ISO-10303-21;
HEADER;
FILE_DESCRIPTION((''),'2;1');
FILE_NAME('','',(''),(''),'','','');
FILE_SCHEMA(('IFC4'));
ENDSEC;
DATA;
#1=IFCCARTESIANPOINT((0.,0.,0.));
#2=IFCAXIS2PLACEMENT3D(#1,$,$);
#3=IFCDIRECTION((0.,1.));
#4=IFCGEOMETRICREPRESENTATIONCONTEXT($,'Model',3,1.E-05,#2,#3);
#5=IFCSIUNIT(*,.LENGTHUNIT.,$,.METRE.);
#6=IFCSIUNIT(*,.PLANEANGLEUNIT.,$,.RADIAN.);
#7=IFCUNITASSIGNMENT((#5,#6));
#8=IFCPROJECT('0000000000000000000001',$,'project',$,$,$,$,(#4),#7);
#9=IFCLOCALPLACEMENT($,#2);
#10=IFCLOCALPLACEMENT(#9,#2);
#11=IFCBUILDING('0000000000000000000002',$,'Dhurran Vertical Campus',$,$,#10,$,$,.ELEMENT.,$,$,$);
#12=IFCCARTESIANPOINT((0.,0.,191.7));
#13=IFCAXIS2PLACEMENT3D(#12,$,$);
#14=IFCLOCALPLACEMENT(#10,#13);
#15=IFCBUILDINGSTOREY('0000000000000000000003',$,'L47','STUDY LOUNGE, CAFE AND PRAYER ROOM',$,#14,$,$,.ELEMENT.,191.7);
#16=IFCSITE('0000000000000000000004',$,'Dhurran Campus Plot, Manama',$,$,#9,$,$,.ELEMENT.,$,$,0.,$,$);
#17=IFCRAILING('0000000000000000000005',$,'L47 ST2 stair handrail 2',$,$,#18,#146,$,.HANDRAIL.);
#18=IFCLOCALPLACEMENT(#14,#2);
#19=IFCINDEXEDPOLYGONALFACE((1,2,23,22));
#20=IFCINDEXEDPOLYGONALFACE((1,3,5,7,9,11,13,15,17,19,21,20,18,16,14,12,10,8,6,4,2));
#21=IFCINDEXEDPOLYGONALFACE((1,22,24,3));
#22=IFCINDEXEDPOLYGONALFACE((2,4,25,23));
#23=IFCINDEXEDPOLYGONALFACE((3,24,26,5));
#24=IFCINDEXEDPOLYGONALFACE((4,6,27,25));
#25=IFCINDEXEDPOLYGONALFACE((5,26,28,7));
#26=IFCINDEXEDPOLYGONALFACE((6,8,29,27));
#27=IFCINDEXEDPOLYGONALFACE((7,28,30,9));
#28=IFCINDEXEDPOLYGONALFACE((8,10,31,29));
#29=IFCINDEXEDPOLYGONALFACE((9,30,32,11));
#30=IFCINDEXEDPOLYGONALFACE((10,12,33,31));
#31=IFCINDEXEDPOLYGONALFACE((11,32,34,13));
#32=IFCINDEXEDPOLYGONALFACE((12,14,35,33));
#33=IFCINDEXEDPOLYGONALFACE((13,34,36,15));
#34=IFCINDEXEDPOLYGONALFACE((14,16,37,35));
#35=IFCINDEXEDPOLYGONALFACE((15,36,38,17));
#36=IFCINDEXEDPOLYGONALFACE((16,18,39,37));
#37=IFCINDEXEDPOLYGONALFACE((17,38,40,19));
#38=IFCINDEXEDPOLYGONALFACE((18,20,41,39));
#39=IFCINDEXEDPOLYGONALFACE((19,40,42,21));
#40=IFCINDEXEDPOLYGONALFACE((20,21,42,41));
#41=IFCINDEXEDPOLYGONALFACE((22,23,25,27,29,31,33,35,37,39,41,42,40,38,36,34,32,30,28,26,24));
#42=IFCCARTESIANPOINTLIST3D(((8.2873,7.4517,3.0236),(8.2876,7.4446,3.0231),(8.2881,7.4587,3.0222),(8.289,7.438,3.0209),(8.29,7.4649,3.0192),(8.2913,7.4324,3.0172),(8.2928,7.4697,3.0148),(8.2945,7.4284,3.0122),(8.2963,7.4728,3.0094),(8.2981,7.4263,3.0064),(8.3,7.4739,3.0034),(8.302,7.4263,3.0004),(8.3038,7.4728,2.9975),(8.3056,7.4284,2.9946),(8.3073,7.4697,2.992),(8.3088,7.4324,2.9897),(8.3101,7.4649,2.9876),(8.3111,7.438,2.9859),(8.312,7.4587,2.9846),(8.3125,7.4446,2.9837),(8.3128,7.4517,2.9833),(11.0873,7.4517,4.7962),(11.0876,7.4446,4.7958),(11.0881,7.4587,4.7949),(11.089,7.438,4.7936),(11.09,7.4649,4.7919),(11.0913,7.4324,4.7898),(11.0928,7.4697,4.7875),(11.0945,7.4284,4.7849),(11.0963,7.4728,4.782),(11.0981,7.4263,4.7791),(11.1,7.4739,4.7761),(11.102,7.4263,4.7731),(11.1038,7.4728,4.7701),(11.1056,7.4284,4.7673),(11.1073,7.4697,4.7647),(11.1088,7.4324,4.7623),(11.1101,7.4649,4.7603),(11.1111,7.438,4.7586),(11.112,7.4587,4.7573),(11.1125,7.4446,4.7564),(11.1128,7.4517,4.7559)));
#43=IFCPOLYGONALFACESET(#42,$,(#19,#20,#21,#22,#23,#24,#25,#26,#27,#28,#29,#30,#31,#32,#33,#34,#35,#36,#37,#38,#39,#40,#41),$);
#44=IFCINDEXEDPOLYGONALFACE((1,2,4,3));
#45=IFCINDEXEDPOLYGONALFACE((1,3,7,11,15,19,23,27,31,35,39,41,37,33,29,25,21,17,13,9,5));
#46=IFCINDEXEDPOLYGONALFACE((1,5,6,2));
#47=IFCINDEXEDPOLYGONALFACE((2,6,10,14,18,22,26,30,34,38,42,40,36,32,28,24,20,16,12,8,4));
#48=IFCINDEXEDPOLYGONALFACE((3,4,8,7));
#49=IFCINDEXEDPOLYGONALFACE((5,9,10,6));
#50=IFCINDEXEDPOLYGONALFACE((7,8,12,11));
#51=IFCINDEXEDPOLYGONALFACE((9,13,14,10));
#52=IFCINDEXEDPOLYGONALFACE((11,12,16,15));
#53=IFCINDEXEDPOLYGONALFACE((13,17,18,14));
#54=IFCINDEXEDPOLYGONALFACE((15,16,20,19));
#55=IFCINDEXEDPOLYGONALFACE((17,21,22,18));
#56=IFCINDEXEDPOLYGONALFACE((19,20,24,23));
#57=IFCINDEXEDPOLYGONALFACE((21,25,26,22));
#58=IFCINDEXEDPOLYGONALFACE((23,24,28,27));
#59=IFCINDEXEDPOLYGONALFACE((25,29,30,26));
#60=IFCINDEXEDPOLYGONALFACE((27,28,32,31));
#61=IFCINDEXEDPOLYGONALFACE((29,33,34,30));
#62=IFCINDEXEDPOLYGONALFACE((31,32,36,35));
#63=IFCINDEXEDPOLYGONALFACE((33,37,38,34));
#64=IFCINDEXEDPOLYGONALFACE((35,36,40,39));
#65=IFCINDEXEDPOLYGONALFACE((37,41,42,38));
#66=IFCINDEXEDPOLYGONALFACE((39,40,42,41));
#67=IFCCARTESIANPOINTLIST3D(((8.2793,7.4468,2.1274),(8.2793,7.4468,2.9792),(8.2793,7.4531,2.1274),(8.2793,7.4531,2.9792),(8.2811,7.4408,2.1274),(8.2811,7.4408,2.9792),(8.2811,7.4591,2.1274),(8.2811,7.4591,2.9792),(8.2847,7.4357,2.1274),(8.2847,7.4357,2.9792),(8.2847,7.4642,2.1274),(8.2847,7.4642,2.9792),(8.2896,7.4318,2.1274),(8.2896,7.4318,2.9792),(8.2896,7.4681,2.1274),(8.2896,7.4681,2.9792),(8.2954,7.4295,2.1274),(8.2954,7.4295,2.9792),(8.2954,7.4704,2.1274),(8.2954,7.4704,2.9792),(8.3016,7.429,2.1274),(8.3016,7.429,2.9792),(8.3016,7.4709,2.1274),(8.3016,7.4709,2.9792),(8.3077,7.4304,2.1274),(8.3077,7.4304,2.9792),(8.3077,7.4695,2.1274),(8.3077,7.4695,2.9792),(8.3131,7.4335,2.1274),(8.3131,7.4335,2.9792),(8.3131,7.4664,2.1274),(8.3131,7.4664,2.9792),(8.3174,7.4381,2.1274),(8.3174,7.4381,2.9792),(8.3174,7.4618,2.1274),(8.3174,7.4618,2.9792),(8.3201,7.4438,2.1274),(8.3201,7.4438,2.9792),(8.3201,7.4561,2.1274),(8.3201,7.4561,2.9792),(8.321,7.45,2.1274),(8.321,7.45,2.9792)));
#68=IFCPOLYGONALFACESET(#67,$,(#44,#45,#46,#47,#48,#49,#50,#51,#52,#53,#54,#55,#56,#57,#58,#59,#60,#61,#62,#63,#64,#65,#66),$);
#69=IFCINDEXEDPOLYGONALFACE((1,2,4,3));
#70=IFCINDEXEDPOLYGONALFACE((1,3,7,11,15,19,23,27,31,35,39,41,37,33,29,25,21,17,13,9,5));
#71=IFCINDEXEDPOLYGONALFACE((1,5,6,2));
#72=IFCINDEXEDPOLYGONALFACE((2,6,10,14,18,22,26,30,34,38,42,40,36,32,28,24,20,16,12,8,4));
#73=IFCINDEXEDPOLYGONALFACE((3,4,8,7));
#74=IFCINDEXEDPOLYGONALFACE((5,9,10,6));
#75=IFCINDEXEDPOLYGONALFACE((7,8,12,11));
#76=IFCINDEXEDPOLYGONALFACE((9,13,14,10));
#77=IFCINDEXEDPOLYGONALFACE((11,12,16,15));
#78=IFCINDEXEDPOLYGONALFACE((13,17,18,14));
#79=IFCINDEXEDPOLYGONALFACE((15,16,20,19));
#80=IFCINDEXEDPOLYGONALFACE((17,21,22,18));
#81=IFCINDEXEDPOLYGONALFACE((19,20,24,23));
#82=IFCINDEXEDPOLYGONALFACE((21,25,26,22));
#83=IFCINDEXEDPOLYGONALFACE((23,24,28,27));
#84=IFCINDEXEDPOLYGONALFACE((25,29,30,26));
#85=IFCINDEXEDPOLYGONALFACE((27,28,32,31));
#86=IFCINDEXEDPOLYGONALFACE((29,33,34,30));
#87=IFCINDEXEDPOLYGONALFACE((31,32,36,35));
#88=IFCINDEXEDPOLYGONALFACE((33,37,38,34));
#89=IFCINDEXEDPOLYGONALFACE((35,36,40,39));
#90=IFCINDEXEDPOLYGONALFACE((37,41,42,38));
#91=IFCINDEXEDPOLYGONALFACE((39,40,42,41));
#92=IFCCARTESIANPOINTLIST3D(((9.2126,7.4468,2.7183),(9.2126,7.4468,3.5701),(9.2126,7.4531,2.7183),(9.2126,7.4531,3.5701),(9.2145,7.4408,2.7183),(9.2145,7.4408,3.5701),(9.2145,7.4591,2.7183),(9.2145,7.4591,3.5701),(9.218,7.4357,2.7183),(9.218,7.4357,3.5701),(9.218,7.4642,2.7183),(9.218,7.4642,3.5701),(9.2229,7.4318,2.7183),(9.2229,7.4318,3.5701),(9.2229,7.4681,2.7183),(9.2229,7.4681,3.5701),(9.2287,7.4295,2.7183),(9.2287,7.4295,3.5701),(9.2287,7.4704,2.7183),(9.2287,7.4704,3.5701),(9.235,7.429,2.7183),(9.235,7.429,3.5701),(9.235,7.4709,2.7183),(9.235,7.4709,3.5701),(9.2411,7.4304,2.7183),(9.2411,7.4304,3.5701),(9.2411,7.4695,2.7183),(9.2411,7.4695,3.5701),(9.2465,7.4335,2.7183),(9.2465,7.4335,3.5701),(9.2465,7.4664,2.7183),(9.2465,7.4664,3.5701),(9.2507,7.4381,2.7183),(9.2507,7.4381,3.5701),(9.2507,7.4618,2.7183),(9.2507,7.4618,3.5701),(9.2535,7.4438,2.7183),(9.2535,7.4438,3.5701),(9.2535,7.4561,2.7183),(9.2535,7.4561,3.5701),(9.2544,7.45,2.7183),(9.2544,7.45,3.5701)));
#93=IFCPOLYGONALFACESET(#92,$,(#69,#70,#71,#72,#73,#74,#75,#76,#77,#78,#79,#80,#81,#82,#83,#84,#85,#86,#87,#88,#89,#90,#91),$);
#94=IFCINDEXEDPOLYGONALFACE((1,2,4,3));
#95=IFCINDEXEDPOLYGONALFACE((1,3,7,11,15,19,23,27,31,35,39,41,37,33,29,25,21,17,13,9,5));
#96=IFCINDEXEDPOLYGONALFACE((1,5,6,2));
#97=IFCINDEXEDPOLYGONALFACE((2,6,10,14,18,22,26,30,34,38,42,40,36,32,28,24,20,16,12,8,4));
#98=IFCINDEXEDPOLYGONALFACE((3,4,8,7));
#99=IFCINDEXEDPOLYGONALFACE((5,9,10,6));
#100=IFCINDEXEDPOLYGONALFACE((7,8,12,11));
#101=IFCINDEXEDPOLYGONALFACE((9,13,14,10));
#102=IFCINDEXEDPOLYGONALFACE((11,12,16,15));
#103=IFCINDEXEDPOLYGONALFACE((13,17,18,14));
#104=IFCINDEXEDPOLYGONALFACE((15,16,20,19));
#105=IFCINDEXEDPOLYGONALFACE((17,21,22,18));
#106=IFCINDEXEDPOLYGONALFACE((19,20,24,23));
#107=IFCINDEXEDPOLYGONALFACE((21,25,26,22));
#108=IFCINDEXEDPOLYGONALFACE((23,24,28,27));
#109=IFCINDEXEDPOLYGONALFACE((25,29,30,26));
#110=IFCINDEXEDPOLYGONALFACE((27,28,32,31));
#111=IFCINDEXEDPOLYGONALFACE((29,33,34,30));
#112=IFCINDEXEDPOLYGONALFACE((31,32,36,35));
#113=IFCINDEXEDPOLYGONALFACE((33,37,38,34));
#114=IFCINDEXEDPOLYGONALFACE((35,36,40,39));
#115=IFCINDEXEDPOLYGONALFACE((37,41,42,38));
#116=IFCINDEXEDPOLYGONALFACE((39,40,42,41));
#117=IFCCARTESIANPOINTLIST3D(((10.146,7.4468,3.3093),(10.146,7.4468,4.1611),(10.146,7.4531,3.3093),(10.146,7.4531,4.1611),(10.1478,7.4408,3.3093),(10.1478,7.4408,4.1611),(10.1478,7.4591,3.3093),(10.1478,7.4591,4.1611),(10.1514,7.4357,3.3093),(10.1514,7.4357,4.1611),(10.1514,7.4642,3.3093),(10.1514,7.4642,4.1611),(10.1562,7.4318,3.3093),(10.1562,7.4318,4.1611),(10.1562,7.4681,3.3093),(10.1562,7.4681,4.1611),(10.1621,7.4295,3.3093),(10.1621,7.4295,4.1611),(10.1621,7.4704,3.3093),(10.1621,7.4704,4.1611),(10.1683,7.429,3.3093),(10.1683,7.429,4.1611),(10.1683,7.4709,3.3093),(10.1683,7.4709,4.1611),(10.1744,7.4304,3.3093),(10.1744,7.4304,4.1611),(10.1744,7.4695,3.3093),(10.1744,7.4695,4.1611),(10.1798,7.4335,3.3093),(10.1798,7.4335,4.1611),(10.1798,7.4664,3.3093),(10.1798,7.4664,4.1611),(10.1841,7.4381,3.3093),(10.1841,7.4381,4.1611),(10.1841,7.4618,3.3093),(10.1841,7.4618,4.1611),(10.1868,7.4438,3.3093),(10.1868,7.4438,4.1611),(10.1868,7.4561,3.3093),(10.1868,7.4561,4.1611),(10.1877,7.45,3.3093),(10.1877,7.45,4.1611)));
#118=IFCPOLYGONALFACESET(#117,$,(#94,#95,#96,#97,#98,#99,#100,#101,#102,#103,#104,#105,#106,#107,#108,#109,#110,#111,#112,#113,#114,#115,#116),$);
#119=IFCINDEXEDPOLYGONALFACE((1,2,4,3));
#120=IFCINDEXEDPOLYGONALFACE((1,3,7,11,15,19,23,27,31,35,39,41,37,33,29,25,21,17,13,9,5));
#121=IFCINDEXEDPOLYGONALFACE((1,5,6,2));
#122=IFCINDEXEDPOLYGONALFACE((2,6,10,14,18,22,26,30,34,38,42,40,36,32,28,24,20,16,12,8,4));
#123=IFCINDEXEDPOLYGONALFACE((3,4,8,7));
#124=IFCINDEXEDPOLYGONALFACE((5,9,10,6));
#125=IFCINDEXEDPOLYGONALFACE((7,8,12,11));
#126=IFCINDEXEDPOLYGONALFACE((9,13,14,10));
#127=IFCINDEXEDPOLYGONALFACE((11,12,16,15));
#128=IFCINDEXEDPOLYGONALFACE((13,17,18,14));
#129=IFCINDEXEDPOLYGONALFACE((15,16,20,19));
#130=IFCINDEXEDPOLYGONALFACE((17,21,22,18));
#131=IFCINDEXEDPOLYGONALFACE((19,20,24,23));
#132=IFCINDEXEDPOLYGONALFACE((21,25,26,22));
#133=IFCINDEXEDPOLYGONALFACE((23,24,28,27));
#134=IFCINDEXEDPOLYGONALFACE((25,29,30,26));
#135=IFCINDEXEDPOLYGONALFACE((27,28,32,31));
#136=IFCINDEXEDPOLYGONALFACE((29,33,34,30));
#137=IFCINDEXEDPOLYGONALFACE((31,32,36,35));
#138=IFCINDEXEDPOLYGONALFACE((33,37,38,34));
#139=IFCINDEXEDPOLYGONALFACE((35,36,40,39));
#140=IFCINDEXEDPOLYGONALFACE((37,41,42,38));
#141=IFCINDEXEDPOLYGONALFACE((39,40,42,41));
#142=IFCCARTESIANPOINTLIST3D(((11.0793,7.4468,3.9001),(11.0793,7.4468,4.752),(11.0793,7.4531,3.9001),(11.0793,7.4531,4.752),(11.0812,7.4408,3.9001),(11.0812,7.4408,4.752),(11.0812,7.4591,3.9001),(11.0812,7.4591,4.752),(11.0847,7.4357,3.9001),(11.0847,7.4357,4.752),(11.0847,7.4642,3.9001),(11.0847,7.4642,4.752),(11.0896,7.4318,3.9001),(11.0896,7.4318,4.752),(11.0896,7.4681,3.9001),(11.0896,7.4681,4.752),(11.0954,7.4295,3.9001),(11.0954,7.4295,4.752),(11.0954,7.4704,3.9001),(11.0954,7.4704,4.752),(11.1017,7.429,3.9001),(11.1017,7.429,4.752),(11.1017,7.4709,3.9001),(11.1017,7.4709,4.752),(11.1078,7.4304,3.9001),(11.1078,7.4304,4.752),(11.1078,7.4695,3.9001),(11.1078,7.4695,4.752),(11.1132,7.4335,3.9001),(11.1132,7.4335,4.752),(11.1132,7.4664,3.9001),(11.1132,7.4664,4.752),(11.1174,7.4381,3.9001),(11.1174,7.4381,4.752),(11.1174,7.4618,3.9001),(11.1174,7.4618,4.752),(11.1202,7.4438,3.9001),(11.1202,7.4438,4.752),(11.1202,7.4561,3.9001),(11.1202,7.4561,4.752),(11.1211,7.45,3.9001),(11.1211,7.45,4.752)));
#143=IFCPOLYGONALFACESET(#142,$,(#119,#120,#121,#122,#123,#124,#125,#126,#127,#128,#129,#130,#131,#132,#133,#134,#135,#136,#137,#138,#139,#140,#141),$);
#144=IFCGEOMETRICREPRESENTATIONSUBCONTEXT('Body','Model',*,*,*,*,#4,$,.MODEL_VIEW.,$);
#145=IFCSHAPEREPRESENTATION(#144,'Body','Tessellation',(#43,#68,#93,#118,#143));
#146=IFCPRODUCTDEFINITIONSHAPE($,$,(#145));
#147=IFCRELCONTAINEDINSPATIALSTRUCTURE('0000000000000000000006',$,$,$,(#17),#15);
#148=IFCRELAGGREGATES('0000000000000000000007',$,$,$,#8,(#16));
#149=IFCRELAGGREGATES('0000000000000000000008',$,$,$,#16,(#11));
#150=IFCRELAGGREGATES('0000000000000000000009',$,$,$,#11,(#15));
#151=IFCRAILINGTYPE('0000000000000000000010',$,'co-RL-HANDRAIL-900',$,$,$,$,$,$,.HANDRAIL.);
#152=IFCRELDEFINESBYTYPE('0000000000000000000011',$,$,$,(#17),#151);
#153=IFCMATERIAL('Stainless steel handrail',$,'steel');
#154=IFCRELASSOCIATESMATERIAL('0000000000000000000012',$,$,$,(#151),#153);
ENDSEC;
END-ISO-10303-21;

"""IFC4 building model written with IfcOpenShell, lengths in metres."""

from ifc_helpers import new_model, si_unit, direction, frame, origin, origin_2d, place, context, subcontext, project, spatial, circle, extrude, material, type_object, element, save


model = new_model("IFC4")

# Units and contexts
model_context = context("Model", 3, precision=1e-05, world=origin(), true_north=direction((0.0, 1.0)))
body_context = subcontext(model_context, "Body", "Model", "MODEL_VIEW")
ifc_project = project(units=[si_unit("LENGTHUNIT", "METRE"), si_unit("PLANEANGLEUNIT", "RADIAN")], contexts=[model_context])

# Site, building, storey
site_placement = place(None, origin())
site = spatial("IfcSite", under=ifc_project, at=site_placement, Name="Dhurran Campus Plot, Manama", CompositionType="ELEMENT", RefElevation=0.0)
building_placement = place(site_placement, origin())
building = spatial("IfcBuilding", under=site, at=building_placement, Name="Dhurran Vertical Campus", CompositionType="ELEMENT")
storey_placement = place(building_placement, frame((0.0, 0.0, 191.7)))
storey = spatial("IfcBuildingStorey", under=building, at=storey_placement, Name="L47", Description="STUDY LOUNGE, CAFE AND PRAYER ROOM", CompositionType="ELEMENT", Elevation=191.7)

# Railing
ifc_material_1 = material(Name="Stainless steel handrail", Category="steel")
railing_type_1 = type_object("IfcRailingType", Name="co-RL-HANDRAIL-900", PredefinedType="HANDRAIL", material=ifc_material_1)
railing_1_placement = place(storey_placement, frame((8.3, 7.45, 2.1274)))
element("IfcRailing", 1, at=railing_1_placement, inside=storey, type_object=railing_type_1, Name="L47 ST2 stair handrail 2", PredefinedType="HANDRAIL", context=body_context, shape_type="SweptSolid", body=[
    extrude(circle(Radius=0.0239, at=origin_2d()), frame((0.0, 0.0, 0.876), z_axis=(0.844909, 0.0, 0.53491), x_axis=(0.0, 1.0, 0.0)), (0.0, 0.0, 1.0), 3.314),
    extrude(circle(Radius=0.021, at=origin_2d()), origin(), (0.0, 0.0, 1.0), 0.8518),
    extrude(circle(Radius=0.021, at=origin_2d()), frame((0.9333, 0.0, 0.5908)), (0.0, 0.0, 1.0), 0.8518),
    extrude(circle(Radius=0.021, at=origin_2d()), frame((1.8667, 0.0, 1.1819)), (0.0, 0.0, 1.0), 0.8518),
    extrude(circle(Radius=0.021, at=origin_2d()), frame((2.8, 0.0, 1.7727)), (0.0, 0.0, 1.0), 0.8518),
])

save(model, "model.ifc")
